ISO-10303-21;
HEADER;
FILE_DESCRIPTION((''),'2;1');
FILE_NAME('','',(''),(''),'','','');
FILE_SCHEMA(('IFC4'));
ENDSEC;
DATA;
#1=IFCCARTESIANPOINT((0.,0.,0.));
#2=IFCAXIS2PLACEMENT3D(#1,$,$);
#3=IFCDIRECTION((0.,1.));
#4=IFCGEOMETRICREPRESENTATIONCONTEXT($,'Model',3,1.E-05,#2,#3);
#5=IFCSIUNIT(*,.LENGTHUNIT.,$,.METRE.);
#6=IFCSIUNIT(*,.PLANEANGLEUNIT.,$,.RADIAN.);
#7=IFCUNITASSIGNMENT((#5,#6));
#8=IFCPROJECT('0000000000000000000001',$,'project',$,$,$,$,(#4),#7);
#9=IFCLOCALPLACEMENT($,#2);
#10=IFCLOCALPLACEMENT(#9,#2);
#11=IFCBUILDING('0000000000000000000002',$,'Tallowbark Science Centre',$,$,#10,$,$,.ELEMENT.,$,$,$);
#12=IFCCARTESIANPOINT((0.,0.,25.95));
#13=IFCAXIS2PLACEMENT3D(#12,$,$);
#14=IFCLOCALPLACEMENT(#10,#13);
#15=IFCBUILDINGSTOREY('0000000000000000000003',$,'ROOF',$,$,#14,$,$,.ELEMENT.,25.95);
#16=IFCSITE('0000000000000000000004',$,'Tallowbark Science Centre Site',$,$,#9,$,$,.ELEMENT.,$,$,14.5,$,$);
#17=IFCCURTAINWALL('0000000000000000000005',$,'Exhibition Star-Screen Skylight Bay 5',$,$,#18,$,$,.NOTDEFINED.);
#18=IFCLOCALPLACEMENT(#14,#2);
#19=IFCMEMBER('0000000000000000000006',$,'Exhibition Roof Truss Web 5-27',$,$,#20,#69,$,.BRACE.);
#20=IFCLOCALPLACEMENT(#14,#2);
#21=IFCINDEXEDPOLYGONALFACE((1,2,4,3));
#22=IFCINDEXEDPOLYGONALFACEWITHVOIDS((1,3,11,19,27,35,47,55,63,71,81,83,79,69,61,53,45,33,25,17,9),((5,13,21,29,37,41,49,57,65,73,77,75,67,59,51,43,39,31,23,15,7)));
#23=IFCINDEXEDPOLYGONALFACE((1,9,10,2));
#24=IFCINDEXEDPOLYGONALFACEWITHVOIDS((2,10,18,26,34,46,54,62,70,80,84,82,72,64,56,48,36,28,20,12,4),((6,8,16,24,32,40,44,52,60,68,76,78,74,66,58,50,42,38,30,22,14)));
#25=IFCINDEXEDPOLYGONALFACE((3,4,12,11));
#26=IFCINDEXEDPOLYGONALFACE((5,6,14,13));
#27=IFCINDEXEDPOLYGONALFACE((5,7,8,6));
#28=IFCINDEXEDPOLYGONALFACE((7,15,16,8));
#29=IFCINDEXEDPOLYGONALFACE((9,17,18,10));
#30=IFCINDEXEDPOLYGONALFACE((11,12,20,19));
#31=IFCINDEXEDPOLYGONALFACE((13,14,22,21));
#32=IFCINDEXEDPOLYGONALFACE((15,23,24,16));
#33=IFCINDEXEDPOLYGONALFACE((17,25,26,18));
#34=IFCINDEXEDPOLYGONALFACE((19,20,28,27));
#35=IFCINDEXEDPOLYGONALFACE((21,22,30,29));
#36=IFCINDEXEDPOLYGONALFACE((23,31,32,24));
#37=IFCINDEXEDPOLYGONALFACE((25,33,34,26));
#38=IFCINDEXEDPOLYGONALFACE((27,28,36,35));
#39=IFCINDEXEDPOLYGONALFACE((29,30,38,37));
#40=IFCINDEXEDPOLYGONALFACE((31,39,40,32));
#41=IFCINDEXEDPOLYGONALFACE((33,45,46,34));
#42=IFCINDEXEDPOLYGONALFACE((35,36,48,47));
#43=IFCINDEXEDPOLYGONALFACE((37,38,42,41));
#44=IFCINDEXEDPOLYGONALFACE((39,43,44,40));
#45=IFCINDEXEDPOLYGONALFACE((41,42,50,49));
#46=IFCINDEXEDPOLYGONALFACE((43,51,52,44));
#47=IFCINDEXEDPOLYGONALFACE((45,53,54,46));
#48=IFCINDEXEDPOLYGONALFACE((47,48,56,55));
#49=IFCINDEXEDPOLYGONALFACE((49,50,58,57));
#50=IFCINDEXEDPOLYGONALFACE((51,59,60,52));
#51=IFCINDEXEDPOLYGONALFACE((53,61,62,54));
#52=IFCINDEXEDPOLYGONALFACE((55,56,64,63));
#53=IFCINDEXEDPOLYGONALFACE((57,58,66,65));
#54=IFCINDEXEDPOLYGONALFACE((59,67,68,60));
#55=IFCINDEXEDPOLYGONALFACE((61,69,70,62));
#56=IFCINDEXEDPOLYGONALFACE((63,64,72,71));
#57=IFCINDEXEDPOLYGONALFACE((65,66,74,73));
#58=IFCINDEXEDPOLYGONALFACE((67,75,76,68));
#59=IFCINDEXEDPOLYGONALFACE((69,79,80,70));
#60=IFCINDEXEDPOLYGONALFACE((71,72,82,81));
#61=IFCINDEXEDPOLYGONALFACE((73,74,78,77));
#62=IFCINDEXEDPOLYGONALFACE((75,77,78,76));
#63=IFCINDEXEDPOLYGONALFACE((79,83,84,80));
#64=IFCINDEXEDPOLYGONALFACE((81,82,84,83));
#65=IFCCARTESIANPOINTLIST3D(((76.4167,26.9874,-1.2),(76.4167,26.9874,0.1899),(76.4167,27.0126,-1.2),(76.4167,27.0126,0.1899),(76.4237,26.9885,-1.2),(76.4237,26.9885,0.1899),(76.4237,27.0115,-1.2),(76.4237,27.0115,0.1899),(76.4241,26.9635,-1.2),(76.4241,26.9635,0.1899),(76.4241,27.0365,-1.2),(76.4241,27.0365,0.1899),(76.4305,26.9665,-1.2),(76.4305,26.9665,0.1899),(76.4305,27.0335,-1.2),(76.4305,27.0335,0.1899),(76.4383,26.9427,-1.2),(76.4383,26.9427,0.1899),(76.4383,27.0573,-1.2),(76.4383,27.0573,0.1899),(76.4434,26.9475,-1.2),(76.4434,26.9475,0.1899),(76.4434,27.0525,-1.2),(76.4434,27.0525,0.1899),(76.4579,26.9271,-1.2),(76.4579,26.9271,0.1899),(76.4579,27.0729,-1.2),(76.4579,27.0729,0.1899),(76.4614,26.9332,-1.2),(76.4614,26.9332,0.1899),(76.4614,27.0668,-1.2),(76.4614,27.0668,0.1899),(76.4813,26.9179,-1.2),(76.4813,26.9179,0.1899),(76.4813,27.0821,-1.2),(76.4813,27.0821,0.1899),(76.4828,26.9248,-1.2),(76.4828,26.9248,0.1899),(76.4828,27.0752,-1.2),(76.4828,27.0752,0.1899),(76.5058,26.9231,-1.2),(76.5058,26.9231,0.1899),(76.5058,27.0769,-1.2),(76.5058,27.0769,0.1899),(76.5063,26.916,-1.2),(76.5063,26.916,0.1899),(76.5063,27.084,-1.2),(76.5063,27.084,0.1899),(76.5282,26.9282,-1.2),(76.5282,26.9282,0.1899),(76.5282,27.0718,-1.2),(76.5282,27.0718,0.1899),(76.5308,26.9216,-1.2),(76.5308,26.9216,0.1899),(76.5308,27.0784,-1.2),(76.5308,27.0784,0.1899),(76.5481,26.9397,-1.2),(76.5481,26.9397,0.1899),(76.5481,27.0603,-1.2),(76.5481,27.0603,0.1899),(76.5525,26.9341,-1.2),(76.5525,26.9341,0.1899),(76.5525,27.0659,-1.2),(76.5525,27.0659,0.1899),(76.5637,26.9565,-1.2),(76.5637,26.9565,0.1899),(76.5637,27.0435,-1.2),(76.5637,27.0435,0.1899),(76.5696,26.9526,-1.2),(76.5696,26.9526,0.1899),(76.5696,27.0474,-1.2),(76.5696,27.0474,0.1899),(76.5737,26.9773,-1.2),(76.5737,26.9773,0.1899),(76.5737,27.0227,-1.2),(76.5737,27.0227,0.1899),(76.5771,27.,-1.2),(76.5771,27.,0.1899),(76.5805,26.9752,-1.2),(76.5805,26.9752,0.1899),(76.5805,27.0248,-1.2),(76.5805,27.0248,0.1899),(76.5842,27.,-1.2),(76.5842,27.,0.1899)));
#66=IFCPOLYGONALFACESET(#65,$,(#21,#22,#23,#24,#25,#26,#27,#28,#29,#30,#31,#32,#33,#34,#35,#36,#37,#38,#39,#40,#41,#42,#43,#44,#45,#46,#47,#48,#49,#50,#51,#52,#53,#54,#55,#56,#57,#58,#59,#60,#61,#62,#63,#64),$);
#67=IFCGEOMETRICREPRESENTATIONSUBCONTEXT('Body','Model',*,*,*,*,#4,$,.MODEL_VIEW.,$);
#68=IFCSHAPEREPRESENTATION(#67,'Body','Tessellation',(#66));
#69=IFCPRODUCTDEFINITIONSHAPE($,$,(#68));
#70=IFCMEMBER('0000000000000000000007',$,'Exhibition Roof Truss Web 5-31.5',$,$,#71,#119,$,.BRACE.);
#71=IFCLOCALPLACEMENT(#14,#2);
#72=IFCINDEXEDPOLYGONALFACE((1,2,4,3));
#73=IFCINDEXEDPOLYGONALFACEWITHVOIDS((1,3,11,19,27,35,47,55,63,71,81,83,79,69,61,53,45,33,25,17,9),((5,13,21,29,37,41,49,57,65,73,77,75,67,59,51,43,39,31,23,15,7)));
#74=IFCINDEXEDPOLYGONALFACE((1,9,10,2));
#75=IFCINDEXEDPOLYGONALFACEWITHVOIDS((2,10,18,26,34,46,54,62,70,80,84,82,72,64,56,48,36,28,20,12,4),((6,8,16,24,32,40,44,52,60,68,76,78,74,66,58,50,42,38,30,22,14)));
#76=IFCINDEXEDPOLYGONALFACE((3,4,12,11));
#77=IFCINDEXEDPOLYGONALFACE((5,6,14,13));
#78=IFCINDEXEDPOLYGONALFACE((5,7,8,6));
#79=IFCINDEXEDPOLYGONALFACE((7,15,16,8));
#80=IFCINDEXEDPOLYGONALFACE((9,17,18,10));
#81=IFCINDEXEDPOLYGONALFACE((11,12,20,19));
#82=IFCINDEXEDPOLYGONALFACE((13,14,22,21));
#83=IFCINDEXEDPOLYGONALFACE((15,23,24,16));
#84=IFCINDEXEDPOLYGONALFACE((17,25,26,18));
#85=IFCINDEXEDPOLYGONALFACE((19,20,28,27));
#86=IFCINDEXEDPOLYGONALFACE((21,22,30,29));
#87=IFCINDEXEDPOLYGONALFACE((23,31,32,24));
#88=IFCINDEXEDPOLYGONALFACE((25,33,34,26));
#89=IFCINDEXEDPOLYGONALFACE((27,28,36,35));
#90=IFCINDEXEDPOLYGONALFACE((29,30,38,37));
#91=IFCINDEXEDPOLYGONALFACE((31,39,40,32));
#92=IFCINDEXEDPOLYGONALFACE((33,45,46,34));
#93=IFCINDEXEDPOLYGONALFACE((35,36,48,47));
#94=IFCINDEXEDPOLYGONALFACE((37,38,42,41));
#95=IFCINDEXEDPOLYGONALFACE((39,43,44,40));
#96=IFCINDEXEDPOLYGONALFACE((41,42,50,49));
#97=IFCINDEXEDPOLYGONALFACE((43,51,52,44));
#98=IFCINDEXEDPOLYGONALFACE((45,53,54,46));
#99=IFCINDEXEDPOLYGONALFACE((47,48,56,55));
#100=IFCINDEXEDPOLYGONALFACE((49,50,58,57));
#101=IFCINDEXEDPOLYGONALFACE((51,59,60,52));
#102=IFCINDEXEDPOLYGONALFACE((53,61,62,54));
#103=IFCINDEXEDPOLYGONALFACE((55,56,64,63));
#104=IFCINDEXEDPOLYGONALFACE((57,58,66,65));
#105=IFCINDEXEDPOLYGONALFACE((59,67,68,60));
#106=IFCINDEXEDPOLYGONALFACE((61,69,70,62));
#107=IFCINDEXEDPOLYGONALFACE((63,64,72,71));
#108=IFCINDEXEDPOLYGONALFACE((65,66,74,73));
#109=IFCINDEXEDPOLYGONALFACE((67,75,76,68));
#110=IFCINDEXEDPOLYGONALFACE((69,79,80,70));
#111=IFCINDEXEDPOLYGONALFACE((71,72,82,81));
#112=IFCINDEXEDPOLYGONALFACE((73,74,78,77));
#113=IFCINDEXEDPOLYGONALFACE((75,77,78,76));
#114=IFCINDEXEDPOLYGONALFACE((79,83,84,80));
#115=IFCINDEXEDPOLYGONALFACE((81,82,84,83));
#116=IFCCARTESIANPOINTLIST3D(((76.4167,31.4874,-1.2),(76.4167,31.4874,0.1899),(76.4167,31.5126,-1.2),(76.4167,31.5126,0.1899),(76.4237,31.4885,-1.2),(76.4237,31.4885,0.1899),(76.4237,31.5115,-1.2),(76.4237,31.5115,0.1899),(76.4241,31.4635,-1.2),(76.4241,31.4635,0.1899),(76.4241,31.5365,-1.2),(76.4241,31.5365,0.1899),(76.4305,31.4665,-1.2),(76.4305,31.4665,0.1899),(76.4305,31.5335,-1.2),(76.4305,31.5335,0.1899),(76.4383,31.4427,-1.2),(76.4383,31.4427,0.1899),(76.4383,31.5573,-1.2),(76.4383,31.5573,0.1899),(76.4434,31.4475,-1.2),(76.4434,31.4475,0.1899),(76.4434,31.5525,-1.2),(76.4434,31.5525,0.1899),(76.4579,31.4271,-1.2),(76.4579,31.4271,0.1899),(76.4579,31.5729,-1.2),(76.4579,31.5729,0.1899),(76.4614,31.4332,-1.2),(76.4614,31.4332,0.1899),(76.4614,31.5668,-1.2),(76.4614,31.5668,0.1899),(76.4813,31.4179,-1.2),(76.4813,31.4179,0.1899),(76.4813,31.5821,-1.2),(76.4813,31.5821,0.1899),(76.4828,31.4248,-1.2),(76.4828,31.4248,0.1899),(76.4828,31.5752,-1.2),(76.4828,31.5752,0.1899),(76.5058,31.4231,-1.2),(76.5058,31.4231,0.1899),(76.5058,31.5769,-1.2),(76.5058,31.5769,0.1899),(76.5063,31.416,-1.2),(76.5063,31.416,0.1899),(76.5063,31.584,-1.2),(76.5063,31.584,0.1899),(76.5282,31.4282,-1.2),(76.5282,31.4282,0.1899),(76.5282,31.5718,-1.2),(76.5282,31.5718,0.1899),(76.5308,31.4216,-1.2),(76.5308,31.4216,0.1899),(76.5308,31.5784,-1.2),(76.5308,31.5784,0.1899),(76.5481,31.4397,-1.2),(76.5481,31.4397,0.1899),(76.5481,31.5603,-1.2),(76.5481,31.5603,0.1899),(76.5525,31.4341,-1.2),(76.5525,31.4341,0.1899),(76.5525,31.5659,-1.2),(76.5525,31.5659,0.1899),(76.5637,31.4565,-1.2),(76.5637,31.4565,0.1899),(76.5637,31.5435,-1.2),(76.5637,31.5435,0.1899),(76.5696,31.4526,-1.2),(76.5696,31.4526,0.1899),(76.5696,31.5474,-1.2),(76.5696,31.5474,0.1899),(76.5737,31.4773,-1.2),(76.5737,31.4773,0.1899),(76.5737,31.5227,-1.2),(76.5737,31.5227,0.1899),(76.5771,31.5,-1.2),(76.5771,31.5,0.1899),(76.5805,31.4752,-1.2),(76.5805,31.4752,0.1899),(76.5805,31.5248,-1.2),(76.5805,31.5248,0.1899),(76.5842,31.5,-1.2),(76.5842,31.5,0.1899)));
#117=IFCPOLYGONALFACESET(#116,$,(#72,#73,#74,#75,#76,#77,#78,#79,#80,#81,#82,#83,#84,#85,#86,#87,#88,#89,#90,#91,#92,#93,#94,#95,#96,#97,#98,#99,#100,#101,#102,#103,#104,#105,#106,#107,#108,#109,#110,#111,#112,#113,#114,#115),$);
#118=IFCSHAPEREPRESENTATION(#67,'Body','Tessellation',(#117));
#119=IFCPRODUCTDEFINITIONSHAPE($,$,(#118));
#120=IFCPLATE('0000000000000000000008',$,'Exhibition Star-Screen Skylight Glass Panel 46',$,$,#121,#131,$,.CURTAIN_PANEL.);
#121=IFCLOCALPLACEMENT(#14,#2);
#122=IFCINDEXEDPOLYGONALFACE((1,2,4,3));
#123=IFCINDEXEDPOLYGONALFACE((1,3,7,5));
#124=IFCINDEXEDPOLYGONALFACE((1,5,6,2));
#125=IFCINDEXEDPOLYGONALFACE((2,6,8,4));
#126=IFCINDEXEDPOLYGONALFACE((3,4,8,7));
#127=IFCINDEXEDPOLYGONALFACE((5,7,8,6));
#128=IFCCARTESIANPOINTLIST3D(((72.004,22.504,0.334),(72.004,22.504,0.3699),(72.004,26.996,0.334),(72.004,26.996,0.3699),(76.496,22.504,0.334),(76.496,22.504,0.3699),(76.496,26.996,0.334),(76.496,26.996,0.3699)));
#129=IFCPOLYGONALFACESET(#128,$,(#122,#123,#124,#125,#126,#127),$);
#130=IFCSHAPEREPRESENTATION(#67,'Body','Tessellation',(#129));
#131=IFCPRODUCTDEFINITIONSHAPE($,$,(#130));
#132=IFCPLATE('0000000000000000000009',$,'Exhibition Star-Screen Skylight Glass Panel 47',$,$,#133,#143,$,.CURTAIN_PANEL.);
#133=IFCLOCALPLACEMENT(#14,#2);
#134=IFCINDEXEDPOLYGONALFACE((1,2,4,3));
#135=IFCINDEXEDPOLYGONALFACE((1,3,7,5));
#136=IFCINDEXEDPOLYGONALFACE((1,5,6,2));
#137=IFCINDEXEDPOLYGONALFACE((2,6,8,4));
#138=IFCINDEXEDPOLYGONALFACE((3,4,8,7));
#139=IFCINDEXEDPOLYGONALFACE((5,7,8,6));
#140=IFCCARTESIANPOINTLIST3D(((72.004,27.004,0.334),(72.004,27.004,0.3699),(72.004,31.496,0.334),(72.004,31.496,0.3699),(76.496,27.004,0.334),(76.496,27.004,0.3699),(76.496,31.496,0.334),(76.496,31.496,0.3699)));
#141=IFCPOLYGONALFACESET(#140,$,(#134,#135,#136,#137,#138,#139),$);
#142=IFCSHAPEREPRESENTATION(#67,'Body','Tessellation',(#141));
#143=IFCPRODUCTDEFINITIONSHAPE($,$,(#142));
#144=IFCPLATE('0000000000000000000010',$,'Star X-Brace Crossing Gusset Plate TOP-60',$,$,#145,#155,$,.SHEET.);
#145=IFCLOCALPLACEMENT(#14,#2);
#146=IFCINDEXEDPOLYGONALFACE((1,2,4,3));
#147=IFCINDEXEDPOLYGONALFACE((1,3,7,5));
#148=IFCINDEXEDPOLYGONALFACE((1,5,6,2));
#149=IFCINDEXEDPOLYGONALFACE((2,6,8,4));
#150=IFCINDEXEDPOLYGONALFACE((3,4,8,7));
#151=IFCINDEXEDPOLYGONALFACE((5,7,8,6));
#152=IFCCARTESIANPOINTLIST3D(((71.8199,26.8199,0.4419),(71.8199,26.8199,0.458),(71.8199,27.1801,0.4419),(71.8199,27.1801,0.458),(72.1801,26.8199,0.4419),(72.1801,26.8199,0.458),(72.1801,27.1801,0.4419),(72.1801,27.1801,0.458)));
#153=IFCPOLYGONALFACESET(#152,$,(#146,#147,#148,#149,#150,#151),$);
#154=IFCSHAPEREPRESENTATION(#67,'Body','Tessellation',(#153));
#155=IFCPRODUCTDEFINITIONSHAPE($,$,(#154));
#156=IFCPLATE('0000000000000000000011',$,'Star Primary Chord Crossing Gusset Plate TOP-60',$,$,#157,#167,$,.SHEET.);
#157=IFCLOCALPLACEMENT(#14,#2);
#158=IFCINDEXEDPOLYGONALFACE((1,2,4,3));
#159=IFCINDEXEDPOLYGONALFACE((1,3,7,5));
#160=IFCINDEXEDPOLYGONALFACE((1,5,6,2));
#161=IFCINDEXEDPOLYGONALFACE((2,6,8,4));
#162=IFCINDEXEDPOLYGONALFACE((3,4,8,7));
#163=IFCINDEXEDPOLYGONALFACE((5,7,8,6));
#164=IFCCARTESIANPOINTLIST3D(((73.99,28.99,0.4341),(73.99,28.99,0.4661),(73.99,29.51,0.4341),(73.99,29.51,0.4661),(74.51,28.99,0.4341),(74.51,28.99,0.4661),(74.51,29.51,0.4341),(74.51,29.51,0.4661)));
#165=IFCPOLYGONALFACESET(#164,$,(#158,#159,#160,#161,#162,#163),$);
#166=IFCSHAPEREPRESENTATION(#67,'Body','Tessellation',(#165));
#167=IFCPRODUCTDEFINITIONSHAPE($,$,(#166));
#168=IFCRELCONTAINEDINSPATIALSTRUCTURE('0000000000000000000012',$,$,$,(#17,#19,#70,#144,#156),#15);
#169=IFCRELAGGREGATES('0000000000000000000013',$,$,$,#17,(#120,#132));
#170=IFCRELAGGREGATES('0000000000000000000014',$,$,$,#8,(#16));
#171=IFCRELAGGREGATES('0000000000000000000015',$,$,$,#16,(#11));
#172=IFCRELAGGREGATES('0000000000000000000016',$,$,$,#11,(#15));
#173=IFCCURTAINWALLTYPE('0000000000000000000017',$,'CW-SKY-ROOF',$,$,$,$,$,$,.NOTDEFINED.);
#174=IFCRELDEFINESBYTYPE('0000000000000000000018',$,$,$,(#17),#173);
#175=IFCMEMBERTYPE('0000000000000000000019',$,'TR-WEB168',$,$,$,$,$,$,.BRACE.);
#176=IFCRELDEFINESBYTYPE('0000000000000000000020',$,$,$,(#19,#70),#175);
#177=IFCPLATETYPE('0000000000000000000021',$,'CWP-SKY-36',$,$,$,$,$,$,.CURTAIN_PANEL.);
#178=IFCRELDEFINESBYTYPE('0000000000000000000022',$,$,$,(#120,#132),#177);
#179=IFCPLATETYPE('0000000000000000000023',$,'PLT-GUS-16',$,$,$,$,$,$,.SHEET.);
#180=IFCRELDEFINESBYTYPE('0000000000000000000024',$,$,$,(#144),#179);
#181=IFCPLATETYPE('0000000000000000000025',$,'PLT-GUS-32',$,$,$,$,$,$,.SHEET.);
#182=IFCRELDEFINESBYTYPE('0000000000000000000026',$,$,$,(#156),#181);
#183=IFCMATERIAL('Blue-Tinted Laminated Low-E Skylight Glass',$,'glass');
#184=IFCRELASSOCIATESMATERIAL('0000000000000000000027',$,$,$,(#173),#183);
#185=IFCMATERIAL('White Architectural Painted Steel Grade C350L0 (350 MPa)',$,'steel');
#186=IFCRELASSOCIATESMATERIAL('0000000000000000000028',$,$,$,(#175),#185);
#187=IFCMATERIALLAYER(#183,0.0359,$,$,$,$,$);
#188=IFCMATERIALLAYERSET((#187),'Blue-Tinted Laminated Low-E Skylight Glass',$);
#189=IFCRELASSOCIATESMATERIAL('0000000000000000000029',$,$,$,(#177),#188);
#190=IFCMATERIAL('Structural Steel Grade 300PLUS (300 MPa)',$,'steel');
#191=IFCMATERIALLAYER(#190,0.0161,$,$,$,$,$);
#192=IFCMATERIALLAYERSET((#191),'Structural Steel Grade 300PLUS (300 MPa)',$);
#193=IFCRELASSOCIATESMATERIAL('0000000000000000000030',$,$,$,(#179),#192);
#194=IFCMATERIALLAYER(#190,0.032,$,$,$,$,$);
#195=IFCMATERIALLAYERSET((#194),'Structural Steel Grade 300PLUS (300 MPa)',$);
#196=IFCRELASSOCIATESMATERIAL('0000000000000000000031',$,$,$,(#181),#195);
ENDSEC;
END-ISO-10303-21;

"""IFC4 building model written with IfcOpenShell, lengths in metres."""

from ifc_helpers import new_model, si_unit, direction, frame, origin, origin_2d, place, context, subcontext, project, spatial, rectangle, hollow_circle, extrude, material, layer, layer_set, material_profile, profile_set, type_object, element, aggregate, save


model = new_model("IFC4")

# Units and contexts
model_context = context("Model", 3, precision=1e-05, world=origin(), true_north=direction((0.0, 1.0)))
body_context = subcontext(model_context, "Body", "Model", "MODEL_VIEW")
ifc_project = project(units=[si_unit("LENGTHUNIT", "METRE"), si_unit("PLANEANGLEUNIT", "RADIAN")], contexts=[model_context])

# Site, building, storey
site_placement = place(None, origin())
site = spatial("IfcSite", under=ifc_project, at=site_placement, Name="Tallowbark Science Centre Site", CompositionType="ELEMENT", RefElevation=14.5)
building_placement = place(site_placement, origin())
building = spatial("IfcBuilding", under=site, at=building_placement, Name="Tallowbark Science Centre", CompositionType="ELEMENT")
storey_placement = place(building_placement, frame((0.0, 0.0, 25.95)))
storey = spatial("IfcBuildingStorey", under=building, at=storey_placement, Name="ROOF", CompositionType="ELEMENT", Elevation=25.95)

# Curtain wall
ifc_material_1 = material(Name="Blue-Tinted Laminated Low-E Skylight Glass", Category="glass")
curtain_wall_type = type_object("IfcCurtainWallType", Name="CW-SKY-ROOF", PredefinedType="NOTDEFINED", material=ifc_material_1)
curtain_wall_1_placement = place(storey_placement, origin())
curtain_wall_1 = element("IfcCurtainWall", 1, at=curtain_wall_1_placement, inside=storey, type_object=curtain_wall_type, Name="Exhibition Star-Screen Skylight Bay 5", PredefinedType="NOTDEFINED")

# Members
ifc_material_2 = material(Name="White Architectural Painted Steel Grade C350L0 (350 MPa)", Category="steel")
ifc_material_profile_1 = material_profile(ifc_material_2, hollow_circle(Radius=0.0842, WallThickness=0.0071, at=origin_2d()), Name="168.3x7.1CHS")
ifc_profile_set_1 = profile_set([ifc_material_profile_1], Name="White Architectural Painted Steel Grade C350L0 (350 MPa)")
member_type_1 = type_object("IfcMemberType", Name="TR-WEB168", PredefinedType="BRACE", material=ifc_profile_set_1)
for number, where, z_axis, x_axis, name in (
    (2, (76.5, 27.0, -1.2), (0.0, 0.0, 1.0), (1.0, 0.0, 0.0), "Exhibition Roof Truss Web 5-27"),
    (3, (76.5, 31.5, -1.2), (0.0, 0.0, 1.0), (1.0, 0.0, 0.0), "Exhibition Roof Truss Web 5-31.5"),
):
    element("IfcMember", number, at=place(storey_placement, frame(where, z_axis=z_axis, x_axis=x_axis)), inside=storey, type_object=member_type_1, Name=name, PredefinedType="BRACE", context=body_context, shape_type="SweptSolid", body=[
        extrude(hollow_circle(Radius=0.0842, WallThickness=0.0071, at=origin_2d()), origin(), (0.0, 0.0, 1.0), 1.3899),
    ])

# Plates
ifc_layer_1 = layer(ifc_material_1, 0.0359)
ifc_layer_set_1 = layer_set([ifc_layer_1], Name="Blue-Tinted Laminated Low-E Skylight Glass")
plate_type_1 = type_object("IfcPlateType", Name="CWP-SKY-36", PredefinedType="CURTAIN_PANEL", material=ifc_layer_set_1)
plate_1_placement = place(storey_placement, frame((74.25, 24.75, 0.334), z_axis=(0.0, 0.0, 1.0), x_axis=(1.0, 0.0, 0.0)))
plate_1 = element("IfcPlate", 4, at=plate_1_placement, type_object=plate_type_1, Name="Exhibition Star-Screen Skylight Glass Panel 46", PredefinedType="CURTAIN_PANEL", context=body_context, shape_type="SweptSolid", body=[
    extrude(rectangle(XDim=4.4919, YDim=4.4919, at=origin_2d()), origin(), (0.0, 0.0, 1.0), 0.0359),
])
plate_2_placement = place(storey_placement, frame((74.25, 29.25, 0.334), z_axis=(0.0, 0.0, 1.0), x_axis=(1.0, 0.0, 0.0)))
plate_2 = element("IfcPlate", 5, at=plate_2_placement, type_object=plate_type_1, Name="Exhibition Star-Screen Skylight Glass Panel 47", PredefinedType="CURTAIN_PANEL", context=body_context, shape_type="SweptSolid", body=[
    extrude(rectangle(XDim=4.4919, YDim=4.4919, at=origin_2d()), origin(), (0.0, 0.0, 1.0), 0.0359),
])
aggregate(curtain_wall_1, [plate_1, plate_2])

# Plates
ifc_material_3 = material(Name="Structural Steel Grade 300PLUS (300 MPa)", Category="steel")
ifc_layer_2 = layer(ifc_material_3, 0.0161)
ifc_layer_set_2 = layer_set([ifc_layer_2], Name="Structural Steel Grade 300PLUS (300 MPa)")
plate_type_2 = type_object("IfcPlateType", Name="PLT-GUS-16", PredefinedType="SHEET", material=ifc_layer_set_2)
plate_3_placement = place(storey_placement, frame((72.0, 27.0, 0.4419), z_axis=(0.0, 0.0, 1.0), x_axis=(1.0, 0.0, 0.0)))
element("IfcPlate", 6, at=plate_3_placement, inside=storey, type_object=plate_type_2, Name="Star X-Brace Crossing Gusset Plate TOP-60", PredefinedType="SHEET", context=body_context, shape_type="SweptSolid", body=[
    extrude(rectangle(XDim=0.3601, YDim=0.3601, at=origin_2d()), origin(), (0.0, 0.0, 1.0), 0.0161),
])
ifc_layer_3 = layer(ifc_material_3, 0.032)
ifc_layer_set_3 = layer_set([ifc_layer_3], Name="Structural Steel Grade 300PLUS (300 MPa)")
plate_type_3 = type_object("IfcPlateType", Name="PLT-GUS-32", PredefinedType="SHEET", material=ifc_layer_set_3)
plate_4_placement = place(storey_placement, frame((74.25, 29.25, 0.4341), z_axis=(0.0, 0.0, 1.0), x_axis=(1.0, 0.0, 0.0)))
element("IfcPlate", 7, at=plate_4_placement, inside=storey, type_object=plate_type_3, Name="Star Primary Chord Crossing Gusset Plate TOP-60", PredefinedType="SHEET", context=body_context, shape_type="SweptSolid", body=[
    extrude(rectangle(XDim=0.52, YDim=0.52, at=origin_2d()), origin(), (0.0, 0.0, 1.0), 0.032),
])

save(model, "model.ifc")
